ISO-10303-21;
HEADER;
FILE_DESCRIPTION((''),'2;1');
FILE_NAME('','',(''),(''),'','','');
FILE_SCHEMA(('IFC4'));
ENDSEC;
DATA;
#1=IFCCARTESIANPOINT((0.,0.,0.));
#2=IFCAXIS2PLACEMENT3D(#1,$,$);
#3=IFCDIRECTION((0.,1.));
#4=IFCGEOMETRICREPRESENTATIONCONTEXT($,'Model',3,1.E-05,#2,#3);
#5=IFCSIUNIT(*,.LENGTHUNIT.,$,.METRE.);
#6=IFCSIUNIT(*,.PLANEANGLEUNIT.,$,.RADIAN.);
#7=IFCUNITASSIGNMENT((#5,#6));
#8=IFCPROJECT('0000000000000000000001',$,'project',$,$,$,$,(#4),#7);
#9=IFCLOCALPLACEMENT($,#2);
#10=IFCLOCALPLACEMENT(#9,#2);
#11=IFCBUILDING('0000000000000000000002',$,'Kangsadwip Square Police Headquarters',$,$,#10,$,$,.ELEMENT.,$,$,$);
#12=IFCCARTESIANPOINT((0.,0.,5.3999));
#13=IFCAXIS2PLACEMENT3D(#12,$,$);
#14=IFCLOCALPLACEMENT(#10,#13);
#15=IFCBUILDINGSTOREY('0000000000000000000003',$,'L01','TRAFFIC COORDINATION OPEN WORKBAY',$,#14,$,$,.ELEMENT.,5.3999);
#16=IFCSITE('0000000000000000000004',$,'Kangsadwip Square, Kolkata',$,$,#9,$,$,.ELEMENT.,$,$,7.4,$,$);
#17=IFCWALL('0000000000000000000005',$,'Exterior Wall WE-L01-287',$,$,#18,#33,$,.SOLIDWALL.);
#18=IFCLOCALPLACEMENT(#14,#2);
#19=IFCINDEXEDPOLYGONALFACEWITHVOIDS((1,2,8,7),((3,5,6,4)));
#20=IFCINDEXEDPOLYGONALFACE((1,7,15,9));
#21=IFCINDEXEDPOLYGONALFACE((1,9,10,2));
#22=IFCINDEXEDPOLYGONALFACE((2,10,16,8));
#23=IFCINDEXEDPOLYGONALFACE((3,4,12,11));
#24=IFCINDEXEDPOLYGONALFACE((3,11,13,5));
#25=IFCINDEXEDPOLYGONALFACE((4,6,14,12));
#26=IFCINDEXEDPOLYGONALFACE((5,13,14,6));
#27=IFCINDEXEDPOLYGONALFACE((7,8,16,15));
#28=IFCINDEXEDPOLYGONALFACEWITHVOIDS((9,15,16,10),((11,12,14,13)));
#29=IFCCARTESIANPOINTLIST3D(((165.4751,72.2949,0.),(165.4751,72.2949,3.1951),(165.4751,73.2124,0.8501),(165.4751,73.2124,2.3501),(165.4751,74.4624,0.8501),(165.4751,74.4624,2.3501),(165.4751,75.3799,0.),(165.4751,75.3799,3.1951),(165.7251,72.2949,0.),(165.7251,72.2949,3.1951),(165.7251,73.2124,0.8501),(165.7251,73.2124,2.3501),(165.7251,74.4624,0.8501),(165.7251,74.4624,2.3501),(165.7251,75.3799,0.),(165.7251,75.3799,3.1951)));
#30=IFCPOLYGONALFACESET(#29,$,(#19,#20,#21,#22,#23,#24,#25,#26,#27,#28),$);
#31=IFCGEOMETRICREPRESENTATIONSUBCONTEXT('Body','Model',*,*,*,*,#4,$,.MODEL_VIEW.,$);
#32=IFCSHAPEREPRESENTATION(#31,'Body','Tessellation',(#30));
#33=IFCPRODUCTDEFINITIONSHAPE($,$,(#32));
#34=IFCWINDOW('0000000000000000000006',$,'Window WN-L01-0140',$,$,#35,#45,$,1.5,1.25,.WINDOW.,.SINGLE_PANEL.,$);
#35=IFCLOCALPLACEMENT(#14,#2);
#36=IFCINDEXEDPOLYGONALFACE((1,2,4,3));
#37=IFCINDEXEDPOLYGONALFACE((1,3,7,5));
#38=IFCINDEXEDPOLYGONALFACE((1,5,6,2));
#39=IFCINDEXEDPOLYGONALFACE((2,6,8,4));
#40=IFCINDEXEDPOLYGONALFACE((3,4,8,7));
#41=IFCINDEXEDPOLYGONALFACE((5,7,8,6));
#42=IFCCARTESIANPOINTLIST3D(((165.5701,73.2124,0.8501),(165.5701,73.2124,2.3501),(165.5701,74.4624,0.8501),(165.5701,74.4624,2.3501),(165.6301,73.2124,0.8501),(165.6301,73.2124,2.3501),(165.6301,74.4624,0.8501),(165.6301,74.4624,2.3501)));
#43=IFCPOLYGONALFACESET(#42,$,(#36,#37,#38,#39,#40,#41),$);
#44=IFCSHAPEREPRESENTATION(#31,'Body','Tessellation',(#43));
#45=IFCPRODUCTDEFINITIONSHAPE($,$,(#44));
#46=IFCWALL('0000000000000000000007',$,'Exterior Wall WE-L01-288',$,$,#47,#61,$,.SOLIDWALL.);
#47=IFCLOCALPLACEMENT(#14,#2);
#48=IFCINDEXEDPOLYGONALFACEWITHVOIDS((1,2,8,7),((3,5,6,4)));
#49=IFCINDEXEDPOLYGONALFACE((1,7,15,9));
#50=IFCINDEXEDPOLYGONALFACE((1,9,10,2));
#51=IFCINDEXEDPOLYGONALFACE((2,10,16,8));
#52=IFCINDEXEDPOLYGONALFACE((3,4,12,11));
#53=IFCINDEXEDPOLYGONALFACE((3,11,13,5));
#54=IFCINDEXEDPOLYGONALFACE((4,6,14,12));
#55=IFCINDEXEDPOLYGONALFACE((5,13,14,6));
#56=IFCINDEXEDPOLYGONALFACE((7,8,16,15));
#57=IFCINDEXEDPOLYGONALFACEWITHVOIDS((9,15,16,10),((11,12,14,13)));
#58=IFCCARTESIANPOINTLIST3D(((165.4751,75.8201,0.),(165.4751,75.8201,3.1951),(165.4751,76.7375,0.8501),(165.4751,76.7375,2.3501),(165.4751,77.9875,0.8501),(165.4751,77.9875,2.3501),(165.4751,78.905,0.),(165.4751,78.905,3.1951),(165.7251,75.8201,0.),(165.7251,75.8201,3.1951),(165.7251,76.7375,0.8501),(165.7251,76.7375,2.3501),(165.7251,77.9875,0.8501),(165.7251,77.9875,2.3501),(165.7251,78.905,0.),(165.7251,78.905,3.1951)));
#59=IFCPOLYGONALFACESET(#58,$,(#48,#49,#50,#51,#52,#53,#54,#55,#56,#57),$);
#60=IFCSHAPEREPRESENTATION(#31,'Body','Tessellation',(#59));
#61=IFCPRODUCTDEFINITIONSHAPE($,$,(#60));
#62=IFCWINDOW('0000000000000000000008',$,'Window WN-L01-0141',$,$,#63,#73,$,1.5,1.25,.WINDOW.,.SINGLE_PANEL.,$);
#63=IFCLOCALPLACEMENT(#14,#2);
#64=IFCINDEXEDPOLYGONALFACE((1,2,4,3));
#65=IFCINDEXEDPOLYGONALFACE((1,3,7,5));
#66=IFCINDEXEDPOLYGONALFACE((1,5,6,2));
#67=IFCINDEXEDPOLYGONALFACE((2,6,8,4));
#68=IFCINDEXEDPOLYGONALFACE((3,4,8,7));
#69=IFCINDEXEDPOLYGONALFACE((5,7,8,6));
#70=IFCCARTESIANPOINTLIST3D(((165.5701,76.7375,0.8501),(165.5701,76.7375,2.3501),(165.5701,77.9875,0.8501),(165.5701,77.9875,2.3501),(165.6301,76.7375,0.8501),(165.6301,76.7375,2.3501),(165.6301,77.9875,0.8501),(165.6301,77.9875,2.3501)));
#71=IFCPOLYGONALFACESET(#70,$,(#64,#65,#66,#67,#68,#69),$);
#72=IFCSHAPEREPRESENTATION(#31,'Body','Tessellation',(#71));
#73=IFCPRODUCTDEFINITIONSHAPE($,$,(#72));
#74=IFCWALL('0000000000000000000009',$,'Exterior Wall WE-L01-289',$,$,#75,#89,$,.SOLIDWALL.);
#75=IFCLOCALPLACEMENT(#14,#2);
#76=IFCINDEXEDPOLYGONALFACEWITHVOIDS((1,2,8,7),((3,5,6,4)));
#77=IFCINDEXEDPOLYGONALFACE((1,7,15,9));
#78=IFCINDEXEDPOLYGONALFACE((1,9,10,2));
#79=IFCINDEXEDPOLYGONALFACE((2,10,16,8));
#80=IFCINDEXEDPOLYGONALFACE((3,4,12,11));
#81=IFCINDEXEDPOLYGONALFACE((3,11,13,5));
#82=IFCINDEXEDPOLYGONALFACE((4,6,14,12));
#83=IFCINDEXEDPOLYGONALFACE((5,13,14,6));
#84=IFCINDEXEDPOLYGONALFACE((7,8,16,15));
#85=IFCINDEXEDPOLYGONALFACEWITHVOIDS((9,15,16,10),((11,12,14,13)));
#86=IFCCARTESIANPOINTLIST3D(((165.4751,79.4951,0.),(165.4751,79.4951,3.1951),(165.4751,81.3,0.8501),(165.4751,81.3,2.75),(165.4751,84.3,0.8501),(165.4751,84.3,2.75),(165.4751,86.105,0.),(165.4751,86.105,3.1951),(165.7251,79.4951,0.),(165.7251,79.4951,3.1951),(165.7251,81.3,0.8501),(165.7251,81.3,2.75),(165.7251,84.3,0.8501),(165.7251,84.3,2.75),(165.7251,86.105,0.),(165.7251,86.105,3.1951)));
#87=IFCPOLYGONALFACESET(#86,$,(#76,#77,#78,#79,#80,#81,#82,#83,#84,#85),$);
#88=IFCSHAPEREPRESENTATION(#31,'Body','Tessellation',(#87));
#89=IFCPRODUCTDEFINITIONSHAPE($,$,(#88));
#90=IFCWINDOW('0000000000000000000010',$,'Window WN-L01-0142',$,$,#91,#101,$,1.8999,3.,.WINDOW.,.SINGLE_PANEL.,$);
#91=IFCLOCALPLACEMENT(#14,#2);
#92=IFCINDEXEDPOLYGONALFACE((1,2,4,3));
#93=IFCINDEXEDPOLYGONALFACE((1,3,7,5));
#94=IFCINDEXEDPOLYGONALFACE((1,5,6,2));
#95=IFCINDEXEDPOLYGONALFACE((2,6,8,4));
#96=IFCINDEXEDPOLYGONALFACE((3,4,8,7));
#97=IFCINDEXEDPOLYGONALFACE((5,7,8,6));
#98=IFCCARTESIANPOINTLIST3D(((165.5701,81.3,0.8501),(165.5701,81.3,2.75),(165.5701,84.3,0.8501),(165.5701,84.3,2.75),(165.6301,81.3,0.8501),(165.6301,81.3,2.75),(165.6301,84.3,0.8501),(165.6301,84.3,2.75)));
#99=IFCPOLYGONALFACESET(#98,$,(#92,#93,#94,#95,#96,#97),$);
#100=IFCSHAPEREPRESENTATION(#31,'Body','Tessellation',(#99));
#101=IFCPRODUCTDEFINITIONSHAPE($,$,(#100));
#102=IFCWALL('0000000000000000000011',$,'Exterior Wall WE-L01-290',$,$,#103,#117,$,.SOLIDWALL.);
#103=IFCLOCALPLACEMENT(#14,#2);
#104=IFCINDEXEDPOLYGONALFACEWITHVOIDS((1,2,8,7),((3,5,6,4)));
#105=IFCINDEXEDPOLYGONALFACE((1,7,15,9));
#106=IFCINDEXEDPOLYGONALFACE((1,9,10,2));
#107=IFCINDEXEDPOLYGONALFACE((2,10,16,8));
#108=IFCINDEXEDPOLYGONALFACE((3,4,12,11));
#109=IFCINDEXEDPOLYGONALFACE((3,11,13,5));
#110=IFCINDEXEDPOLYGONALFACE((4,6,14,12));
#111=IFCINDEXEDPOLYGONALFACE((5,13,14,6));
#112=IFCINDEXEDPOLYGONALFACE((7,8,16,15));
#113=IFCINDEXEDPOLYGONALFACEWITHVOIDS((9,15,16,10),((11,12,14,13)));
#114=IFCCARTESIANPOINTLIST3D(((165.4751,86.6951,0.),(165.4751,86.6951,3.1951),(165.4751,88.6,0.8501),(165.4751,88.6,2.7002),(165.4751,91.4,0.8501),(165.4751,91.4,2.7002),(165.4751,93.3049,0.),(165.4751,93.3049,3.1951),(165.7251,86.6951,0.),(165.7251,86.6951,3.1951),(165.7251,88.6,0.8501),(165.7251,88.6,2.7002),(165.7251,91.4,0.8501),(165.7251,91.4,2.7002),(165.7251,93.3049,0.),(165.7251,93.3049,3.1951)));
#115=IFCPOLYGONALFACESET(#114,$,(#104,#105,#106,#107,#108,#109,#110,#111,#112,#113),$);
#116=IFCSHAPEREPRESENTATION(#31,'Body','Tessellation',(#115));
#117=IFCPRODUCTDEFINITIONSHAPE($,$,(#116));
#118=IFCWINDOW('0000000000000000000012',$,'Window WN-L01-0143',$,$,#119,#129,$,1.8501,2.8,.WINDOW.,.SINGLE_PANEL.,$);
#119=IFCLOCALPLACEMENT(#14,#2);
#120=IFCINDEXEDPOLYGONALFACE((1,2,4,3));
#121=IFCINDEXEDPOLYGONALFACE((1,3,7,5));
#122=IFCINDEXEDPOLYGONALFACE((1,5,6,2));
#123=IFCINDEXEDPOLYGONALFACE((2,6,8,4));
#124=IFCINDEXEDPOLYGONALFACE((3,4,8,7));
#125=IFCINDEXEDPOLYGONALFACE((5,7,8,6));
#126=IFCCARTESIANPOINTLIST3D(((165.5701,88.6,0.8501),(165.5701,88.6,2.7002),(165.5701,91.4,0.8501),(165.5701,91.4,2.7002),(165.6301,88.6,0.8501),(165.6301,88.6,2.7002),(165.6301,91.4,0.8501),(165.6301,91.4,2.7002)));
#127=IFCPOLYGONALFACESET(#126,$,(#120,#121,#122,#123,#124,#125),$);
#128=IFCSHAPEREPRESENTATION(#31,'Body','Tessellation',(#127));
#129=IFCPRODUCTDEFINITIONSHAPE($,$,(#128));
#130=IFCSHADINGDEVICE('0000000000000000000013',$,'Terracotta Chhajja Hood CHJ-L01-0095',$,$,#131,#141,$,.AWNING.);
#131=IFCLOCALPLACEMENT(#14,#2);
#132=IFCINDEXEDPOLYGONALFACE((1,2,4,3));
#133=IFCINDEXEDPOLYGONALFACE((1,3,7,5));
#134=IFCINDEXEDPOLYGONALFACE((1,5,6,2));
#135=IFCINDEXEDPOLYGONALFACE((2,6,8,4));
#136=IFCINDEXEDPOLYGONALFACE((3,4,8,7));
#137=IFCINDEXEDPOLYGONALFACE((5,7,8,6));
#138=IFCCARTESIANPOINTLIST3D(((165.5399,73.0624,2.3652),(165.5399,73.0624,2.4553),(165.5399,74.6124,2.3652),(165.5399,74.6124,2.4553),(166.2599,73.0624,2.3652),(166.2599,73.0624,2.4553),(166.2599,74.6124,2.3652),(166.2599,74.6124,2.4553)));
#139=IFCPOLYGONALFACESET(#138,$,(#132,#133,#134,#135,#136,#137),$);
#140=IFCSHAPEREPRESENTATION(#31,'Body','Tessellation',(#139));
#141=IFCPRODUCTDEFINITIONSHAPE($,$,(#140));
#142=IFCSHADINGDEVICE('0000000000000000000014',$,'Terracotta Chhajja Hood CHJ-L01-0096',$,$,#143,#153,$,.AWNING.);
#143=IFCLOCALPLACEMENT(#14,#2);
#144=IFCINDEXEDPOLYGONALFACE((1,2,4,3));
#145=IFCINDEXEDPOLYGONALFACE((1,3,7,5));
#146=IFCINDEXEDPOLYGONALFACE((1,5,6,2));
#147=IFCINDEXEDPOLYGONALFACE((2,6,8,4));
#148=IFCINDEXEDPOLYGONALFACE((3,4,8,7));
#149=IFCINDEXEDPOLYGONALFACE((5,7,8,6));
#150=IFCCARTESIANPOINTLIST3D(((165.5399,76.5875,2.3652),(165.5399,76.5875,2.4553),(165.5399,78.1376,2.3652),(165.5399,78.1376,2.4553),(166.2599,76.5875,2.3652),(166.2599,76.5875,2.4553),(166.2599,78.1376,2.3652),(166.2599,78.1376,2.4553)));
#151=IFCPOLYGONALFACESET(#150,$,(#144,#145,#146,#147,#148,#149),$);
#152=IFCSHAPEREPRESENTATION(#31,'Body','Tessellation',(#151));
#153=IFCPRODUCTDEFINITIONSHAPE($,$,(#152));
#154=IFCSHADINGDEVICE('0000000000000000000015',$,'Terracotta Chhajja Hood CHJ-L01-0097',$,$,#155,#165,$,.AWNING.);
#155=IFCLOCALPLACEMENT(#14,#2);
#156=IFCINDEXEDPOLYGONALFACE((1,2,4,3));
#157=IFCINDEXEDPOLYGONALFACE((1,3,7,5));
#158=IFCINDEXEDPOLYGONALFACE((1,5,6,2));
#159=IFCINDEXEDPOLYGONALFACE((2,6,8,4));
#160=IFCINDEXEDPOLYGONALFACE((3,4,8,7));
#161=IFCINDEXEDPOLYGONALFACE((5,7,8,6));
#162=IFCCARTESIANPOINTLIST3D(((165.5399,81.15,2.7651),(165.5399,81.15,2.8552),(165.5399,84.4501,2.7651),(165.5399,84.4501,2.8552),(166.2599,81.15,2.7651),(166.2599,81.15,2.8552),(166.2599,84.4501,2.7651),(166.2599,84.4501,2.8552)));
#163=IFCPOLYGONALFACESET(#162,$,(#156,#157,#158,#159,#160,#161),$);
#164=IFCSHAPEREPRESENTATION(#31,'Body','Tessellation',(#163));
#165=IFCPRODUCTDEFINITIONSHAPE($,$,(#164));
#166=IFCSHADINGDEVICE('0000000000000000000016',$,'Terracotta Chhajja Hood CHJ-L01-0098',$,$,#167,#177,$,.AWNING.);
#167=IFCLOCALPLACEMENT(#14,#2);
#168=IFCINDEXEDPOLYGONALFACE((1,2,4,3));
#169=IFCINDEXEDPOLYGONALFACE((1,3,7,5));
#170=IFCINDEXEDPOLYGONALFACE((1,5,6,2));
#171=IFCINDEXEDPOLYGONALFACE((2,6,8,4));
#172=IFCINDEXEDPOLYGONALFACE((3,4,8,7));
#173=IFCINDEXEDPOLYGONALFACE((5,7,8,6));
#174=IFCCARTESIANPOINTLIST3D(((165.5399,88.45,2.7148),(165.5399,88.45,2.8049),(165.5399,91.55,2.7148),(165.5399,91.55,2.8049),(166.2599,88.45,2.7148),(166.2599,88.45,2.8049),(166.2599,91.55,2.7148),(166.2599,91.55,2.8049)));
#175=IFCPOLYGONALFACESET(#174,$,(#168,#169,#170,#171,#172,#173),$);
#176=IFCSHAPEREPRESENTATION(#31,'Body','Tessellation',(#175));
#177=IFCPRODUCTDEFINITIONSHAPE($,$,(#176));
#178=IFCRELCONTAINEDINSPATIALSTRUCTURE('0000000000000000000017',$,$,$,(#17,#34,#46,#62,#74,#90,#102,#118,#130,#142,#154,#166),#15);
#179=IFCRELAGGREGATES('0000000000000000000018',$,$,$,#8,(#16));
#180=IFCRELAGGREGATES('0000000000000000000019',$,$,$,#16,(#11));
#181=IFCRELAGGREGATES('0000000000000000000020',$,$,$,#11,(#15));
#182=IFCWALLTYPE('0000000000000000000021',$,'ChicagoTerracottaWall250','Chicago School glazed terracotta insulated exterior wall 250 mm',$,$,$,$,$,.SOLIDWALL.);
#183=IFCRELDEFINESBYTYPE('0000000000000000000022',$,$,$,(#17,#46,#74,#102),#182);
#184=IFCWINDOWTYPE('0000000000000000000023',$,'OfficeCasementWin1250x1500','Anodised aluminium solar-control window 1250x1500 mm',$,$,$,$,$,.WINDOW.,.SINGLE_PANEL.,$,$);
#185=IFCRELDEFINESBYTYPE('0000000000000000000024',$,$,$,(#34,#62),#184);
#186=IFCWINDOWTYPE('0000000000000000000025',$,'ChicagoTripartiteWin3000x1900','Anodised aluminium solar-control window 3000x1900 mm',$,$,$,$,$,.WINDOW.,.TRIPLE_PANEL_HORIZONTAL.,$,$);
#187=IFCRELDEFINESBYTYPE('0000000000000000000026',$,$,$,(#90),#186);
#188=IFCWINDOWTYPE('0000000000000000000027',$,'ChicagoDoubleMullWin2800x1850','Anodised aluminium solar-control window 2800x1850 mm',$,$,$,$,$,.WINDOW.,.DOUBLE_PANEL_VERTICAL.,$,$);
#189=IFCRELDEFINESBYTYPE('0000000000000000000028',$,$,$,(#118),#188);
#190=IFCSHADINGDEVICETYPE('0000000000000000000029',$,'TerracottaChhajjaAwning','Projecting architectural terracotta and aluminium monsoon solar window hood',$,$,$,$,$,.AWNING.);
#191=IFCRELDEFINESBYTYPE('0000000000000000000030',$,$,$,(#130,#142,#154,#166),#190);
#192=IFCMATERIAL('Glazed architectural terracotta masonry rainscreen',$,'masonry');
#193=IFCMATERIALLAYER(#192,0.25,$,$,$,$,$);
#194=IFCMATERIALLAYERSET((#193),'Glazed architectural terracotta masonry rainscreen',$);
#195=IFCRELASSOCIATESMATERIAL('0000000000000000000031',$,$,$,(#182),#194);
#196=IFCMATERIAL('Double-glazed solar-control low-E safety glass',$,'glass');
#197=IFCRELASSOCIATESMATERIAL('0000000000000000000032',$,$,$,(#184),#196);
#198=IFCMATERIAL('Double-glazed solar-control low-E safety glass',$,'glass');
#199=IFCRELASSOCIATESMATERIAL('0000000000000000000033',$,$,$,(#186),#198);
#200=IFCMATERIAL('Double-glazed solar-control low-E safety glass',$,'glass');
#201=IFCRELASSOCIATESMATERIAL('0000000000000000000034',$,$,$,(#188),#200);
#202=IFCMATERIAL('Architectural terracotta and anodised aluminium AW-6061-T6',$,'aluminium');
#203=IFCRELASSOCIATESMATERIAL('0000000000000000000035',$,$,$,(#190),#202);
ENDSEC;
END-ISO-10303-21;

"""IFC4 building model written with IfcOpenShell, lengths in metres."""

from ifc_helpers import new_model, si_unit, direction, frame, frame_2d, origin, origin_2d, place, context, subcontext, project, spatial, rectangle, extrude, material, layer, layer_set, type_object, element, fill, save


model = new_model("IFC4")

# Units and contexts
model_context = context("Model", 3, precision=1e-05, world=origin(), true_north=direction((0.0, 1.0)))
body_context = subcontext(model_context, "Body", "Model", "MODEL_VIEW")
ifc_project = project(units=[si_unit("LENGTHUNIT", "METRE"), si_unit("PLANEANGLEUNIT", "RADIAN")], contexts=[model_context])

# Site, building, storey
site_placement = place(None, origin())
site = spatial("IfcSite", under=ifc_project, at=site_placement, Name="Kangsadwip Square, Kolkata", CompositionType="ELEMENT", RefElevation=7.4)
building_placement = place(site_placement, origin())
building = spatial("IfcBuilding", under=site, at=building_placement, Name="Kangsadwip Square Police Headquarters", CompositionType="ELEMENT")
storey_placement = place(building_placement, frame((0.0, 0.0, 5.3999)))
storey = spatial("IfcBuildingStorey", under=building, at=storey_placement, Name="L01", Description="TRAFFIC COORDINATION OPEN WORKBAY", CompositionType="ELEMENT", Elevation=5.3999)

# Walls, openings, windows
ifc_material_1 = material(Name="Glazed architectural terracotta masonry rainscreen", Category="masonry")
ifc_layer = layer(ifc_material_1, 0.25)
ifc_layer_set = layer_set([ifc_layer], Name="Glazed architectural terracotta masonry rainscreen")
wall_type = type_object("IfcWallType", Name="ChicagoTerracottaWall250", Description="Chicago School glazed terracotta insulated exterior wall 250 mm", PredefinedType="SOLIDWALL", material=ifc_layer_set)
wall_1_placement = place(storey_placement, frame((165.6001, 72.2949, 0.0), z_axis=(0.0, 0.0, 1.0), x_axis=(0.0, 1.0, 0.0)))
wall_1 = element("IfcWall", 1, at=wall_1_placement, inside=storey, type_object=wall_type, Name="Exterior Wall WE-L01-287", PredefinedType="SOLIDWALL", context=body_context, shape_type="SweptSolid", body=[
    extrude(rectangle(XDim=3.085, YDim=0.25, at=frame_2d((1.5425, 0.0))), origin(), (0.0, 0.0, 1.0), 3.1951),
])
opening_1_placement = place(wall_1_placement, frame((0.9175, 0.0, 0.8501)))
opening_1 = element("IfcOpeningElement", 2, at=opening_1_placement, cuts=wall_1, PredefinedType="OPENING", context=body_context, shape_type="SweptSolid", body=[
    extrude(rectangle(XDim=1.25, YDim=1.5, at=frame_2d((0.625, 0.75))), frame((0.0, 0.135, 0.0), z_axis=(0.0, -1.0, 0.0), x_axis=(1.0, 0.0, 0.0)), (0.0, 0.0, 1.0), 0.27),
])
ifc_material_2 = material(Name="Double-glazed solar-control low-E safety glass", Category="glass")
window_type_1 = type_object("IfcWindowType", Name="OfficeCasementWin1250x1500", Description="Anodised aluminium solar-control window 1250x1500 mm", PartitioningType="SINGLE_PANEL", PredefinedType="WINDOW", material=ifc_material_2)
window_1_placement = place(opening_1_placement, origin())
window_1 = element("IfcWindow", 3, at=window_1_placement, inside=storey, type_object=window_type_1, Name="Window WN-L01-0140", OverallHeight=1.5, OverallWidth=1.25, PartitioningType="SINGLE_PANEL", PredefinedType="WINDOW", context=body_context, shape_type="SweptSolid", body=[
    extrude(rectangle(XDim=1.25, YDim=1.5, at=frame_2d((0.625, 0.75))), frame((0.0, 0.03, 0.0), z_axis=(0.0, -1.0, 0.0), x_axis=(1.0, 0.0, 0.0)), (0.0, 0.0, 1.0), 0.0601),
])
fill(opening_1, window_1)
wall_2_placement = place(storey_placement, frame((165.6001, 75.8201, 0.0), z_axis=(0.0, 0.0, 1.0), x_axis=(0.0, 1.0, 0.0)))
wall_2 = element("IfcWall", 4, at=wall_2_placement, inside=storey, type_object=wall_type, Name="Exterior Wall WE-L01-288", PredefinedType="SOLIDWALL", context=body_context, shape_type="SweptSolid", body=[
    extrude(rectangle(XDim=3.085, YDim=0.25, at=frame_2d((1.5425, 0.0))), origin(), (0.0, 0.0, 1.0), 3.1951),
])
opening_2_placement = place(wall_2_placement, frame((0.9175, 0.0, 0.8501)))
opening_2 = element("IfcOpeningElement", 5, at=opening_2_placement, cuts=wall_2, PredefinedType="OPENING", context=body_context, shape_type="SweptSolid", body=[
    extrude(rectangle(XDim=1.25, YDim=1.5, at=frame_2d((0.625, 0.75))), frame((0.0, 0.135, 0.0), z_axis=(0.0, -1.0, 0.0), x_axis=(1.0, 0.0, 0.0)), (0.0, 0.0, 1.0), 0.27),
])
window_2_placement = place(opening_2_placement, origin())
window_2 = element("IfcWindow", 6, at=window_2_placement, inside=storey, type_object=window_type_1, Name="Window WN-L01-0141", OverallHeight=1.5, OverallWidth=1.25, PartitioningType="SINGLE_PANEL", PredefinedType="WINDOW", context=body_context, shape_type="SweptSolid", body=[
    extrude(rectangle(XDim=1.25, YDim=1.5, at=frame_2d((0.625, 0.75))), frame((0.0, 0.03, 0.0), z_axis=(0.0, -1.0, 0.0), x_axis=(1.0, 0.0, 0.0)), (0.0, 0.0, 1.0), 0.0601),
])
fill(opening_2, window_2)
wall_3_placement = place(storey_placement, frame((165.6001, 79.4951, 0.0), z_axis=(0.0, 0.0, 1.0), x_axis=(0.0, 1.0, 0.0)))
wall_3 = element("IfcWall", 7, at=wall_3_placement, inside=storey, type_object=wall_type, Name="Exterior Wall WE-L01-289", PredefinedType="SOLIDWALL", context=body_context, shape_type="SweptSolid", body=[
    extrude(rectangle(XDim=6.6099, YDim=0.25, at=frame_2d((3.3049, 0.0))), origin(), (0.0, 0.0, 1.0), 3.1951),
])
opening_3_placement = place(wall_3_placement, frame((1.8049, 0.0, 0.8501)))
opening_3 = element("IfcOpeningElement", 8, at=opening_3_placement, cuts=wall_3, PredefinedType="OPENING", context=body_context, shape_type="SweptSolid", body=[
    extrude(rectangle(XDim=3.0, YDim=1.8999, at=frame_2d((1.5, 0.95))), frame((0.0, 0.135, 0.0), z_axis=(0.0, -1.0, 0.0), x_axis=(1.0, 0.0, 0.0)), (0.0, 0.0, 1.0), 0.27),
])
ifc_material_3 = material(Name="Double-glazed solar-control low-E safety glass", Category="glass")
window_type_2 = type_object("IfcWindowType", Name="ChicagoTripartiteWin3000x1900", Description="Anodised aluminium solar-control window 3000x1900 mm", PartitioningType="TRIPLE_PANEL_HORIZONTAL", PredefinedType="WINDOW", material=ifc_material_3)
window_3_placement = place(opening_3_placement, origin())
window_3 = element("IfcWindow", 9, at=window_3_placement, inside=storey, type_object=window_type_2, Name="Window WN-L01-0142", OverallHeight=1.8999, OverallWidth=3.0, PartitioningType="SINGLE_PANEL", PredefinedType="WINDOW", context=body_context, shape_type="SweptSolid", body=[
    extrude(rectangle(XDim=3.0, YDim=1.8999, at=frame_2d((1.5, 0.95))), frame((0.0, 0.03, 0.0), z_axis=(0.0, -1.0, 0.0), x_axis=(1.0, 0.0, 0.0)), (0.0, 0.0, 1.0), 0.0601),
])
fill(opening_3, window_3)
wall_4_placement = place(storey_placement, frame((165.6001, 86.6951, 0.0), z_axis=(0.0, 0.0, 1.0), x_axis=(0.0, 1.0, 0.0)))
wall_4 = element("IfcWall", 10, at=wall_4_placement, inside=storey, type_object=wall_type, Name="Exterior Wall WE-L01-290", PredefinedType="SOLIDWALL", context=body_context, shape_type="SweptSolid", body=[
    extrude(rectangle(XDim=6.6099, YDim=0.25, at=frame_2d((3.3049, 0.0))), origin(), (0.0, 0.0, 1.0), 3.1951),
])
opening_4_placement = place(wall_4_placement, frame((1.905, 0.0, 0.8501)))
opening_4 = element("IfcOpeningElement", 11, at=opening_4_placement, cuts=wall_4, PredefinedType="OPENING", context=body_context, shape_type="SweptSolid", body=[
    extrude(rectangle(XDim=2.8, YDim=1.8501, at=frame_2d((1.3999, 0.925))), frame((0.0, 0.135, 0.0), z_axis=(0.0, -1.0, 0.0), x_axis=(1.0, 0.0, 0.0)), (0.0, 0.0, 1.0), 0.27),
])
ifc_material_4 = material(Name="Double-glazed solar-control low-E safety glass", Category="glass")
window_type_3 = type_object("IfcWindowType", Name="ChicagoDoubleMullWin2800x1850", Description="Anodised aluminium solar-control window 2800x1850 mm", PartitioningType="DOUBLE_PANEL_VERTICAL", PredefinedType="WINDOW", material=ifc_material_4)
window_4_placement = place(opening_4_placement, origin())
window_4 = element("IfcWindow", 12, at=window_4_placement, inside=storey, type_object=window_type_3, Name="Window WN-L01-0143", OverallHeight=1.8501, OverallWidth=2.8, PartitioningType="SINGLE_PANEL", PredefinedType="WINDOW", context=body_context, shape_type="SweptSolid", body=[
    extrude(rectangle(XDim=2.8, YDim=1.8501, at=frame_2d((1.3999, 0.925))), frame((0.0, 0.03, 0.0), z_axis=(0.0, -1.0, 0.0), x_axis=(1.0, 0.0, 0.0)), (0.0, 0.0, 1.0), 0.0601),
])
fill(opening_4, window_4)

# Shading devices
ifc_material_5 = material(Name="Architectural terracotta and anodised aluminium AW-6061-T6", Category="aluminium")
shading_device_type = type_object("IfcShadingDeviceType", Name="TerracottaChhajjaAwning", Description="Projecting architectural terracotta and aluminium monsoon solar window hood", PredefinedType="AWNING", material=ifc_material_5)
for number, where, z_axis, x_axis, name in (
    (13, (165.8999, 73.8374, 2.3652), (0.0, 0.0, 1.0), (0.0, 1.0, 0.0), "Terracotta Chhajja Hood CHJ-L01-0095"),
    (14, (165.8999, 77.3625, 2.3652), (0.0, 0.0, 1.0), (0.0, 1.0, 0.0), "Terracotta Chhajja Hood CHJ-L01-0096"),
):
    element("IfcShadingDevice", number, at=place(storey_placement, frame(where, z_axis=z_axis, x_axis=x_axis)), inside=storey, type_object=shading_device_type, Name=name, PredefinedType="AWNING", context=body_context, shape_type="SweptSolid", body=[
        extrude(rectangle(XDim=1.55, YDim=0.72, at=origin_2d()), origin(), (0.0, 0.0, 1.0), 0.0901),
    ])
shading_device_1_placement = place(storey_placement, frame((165.8999, 82.8, 2.7651), z_axis=(0.0, 0.0, 1.0), x_axis=(0.0, 1.0, 0.0)))
element("IfcShadingDevice", 15, at=shading_device_1_placement, inside=storey, type_object=shading_device_type, Name="Terracotta Chhajja Hood CHJ-L01-0097", PredefinedType="AWNING", context=body_context, shape_type="SweptSolid", body=[
    extrude(rectangle(XDim=3.3, YDim=0.72, at=origin_2d()), origin(), (0.0, 0.0, 1.0), 0.0901),
])
shading_device_2_placement = place(storey_placement, frame((165.8999, 90.0, 2.7148), z_axis=(0.0, 0.0, 1.0), x_axis=(0.0, 1.0, 0.0)))
element("IfcShadingDevice", 16, at=shading_device_2_placement, inside=storey, type_object=shading_device_type, Name="Terracotta Chhajja Hood CHJ-L01-0098", PredefinedType="AWNING", context=body_context, shape_type="SweptSolid", body=[
    extrude(rectangle(XDim=3.1001, YDim=0.72, at=origin_2d()), origin(), (0.0, 0.0, 1.0), 0.0901),
])

save(model, "model.ifc")
